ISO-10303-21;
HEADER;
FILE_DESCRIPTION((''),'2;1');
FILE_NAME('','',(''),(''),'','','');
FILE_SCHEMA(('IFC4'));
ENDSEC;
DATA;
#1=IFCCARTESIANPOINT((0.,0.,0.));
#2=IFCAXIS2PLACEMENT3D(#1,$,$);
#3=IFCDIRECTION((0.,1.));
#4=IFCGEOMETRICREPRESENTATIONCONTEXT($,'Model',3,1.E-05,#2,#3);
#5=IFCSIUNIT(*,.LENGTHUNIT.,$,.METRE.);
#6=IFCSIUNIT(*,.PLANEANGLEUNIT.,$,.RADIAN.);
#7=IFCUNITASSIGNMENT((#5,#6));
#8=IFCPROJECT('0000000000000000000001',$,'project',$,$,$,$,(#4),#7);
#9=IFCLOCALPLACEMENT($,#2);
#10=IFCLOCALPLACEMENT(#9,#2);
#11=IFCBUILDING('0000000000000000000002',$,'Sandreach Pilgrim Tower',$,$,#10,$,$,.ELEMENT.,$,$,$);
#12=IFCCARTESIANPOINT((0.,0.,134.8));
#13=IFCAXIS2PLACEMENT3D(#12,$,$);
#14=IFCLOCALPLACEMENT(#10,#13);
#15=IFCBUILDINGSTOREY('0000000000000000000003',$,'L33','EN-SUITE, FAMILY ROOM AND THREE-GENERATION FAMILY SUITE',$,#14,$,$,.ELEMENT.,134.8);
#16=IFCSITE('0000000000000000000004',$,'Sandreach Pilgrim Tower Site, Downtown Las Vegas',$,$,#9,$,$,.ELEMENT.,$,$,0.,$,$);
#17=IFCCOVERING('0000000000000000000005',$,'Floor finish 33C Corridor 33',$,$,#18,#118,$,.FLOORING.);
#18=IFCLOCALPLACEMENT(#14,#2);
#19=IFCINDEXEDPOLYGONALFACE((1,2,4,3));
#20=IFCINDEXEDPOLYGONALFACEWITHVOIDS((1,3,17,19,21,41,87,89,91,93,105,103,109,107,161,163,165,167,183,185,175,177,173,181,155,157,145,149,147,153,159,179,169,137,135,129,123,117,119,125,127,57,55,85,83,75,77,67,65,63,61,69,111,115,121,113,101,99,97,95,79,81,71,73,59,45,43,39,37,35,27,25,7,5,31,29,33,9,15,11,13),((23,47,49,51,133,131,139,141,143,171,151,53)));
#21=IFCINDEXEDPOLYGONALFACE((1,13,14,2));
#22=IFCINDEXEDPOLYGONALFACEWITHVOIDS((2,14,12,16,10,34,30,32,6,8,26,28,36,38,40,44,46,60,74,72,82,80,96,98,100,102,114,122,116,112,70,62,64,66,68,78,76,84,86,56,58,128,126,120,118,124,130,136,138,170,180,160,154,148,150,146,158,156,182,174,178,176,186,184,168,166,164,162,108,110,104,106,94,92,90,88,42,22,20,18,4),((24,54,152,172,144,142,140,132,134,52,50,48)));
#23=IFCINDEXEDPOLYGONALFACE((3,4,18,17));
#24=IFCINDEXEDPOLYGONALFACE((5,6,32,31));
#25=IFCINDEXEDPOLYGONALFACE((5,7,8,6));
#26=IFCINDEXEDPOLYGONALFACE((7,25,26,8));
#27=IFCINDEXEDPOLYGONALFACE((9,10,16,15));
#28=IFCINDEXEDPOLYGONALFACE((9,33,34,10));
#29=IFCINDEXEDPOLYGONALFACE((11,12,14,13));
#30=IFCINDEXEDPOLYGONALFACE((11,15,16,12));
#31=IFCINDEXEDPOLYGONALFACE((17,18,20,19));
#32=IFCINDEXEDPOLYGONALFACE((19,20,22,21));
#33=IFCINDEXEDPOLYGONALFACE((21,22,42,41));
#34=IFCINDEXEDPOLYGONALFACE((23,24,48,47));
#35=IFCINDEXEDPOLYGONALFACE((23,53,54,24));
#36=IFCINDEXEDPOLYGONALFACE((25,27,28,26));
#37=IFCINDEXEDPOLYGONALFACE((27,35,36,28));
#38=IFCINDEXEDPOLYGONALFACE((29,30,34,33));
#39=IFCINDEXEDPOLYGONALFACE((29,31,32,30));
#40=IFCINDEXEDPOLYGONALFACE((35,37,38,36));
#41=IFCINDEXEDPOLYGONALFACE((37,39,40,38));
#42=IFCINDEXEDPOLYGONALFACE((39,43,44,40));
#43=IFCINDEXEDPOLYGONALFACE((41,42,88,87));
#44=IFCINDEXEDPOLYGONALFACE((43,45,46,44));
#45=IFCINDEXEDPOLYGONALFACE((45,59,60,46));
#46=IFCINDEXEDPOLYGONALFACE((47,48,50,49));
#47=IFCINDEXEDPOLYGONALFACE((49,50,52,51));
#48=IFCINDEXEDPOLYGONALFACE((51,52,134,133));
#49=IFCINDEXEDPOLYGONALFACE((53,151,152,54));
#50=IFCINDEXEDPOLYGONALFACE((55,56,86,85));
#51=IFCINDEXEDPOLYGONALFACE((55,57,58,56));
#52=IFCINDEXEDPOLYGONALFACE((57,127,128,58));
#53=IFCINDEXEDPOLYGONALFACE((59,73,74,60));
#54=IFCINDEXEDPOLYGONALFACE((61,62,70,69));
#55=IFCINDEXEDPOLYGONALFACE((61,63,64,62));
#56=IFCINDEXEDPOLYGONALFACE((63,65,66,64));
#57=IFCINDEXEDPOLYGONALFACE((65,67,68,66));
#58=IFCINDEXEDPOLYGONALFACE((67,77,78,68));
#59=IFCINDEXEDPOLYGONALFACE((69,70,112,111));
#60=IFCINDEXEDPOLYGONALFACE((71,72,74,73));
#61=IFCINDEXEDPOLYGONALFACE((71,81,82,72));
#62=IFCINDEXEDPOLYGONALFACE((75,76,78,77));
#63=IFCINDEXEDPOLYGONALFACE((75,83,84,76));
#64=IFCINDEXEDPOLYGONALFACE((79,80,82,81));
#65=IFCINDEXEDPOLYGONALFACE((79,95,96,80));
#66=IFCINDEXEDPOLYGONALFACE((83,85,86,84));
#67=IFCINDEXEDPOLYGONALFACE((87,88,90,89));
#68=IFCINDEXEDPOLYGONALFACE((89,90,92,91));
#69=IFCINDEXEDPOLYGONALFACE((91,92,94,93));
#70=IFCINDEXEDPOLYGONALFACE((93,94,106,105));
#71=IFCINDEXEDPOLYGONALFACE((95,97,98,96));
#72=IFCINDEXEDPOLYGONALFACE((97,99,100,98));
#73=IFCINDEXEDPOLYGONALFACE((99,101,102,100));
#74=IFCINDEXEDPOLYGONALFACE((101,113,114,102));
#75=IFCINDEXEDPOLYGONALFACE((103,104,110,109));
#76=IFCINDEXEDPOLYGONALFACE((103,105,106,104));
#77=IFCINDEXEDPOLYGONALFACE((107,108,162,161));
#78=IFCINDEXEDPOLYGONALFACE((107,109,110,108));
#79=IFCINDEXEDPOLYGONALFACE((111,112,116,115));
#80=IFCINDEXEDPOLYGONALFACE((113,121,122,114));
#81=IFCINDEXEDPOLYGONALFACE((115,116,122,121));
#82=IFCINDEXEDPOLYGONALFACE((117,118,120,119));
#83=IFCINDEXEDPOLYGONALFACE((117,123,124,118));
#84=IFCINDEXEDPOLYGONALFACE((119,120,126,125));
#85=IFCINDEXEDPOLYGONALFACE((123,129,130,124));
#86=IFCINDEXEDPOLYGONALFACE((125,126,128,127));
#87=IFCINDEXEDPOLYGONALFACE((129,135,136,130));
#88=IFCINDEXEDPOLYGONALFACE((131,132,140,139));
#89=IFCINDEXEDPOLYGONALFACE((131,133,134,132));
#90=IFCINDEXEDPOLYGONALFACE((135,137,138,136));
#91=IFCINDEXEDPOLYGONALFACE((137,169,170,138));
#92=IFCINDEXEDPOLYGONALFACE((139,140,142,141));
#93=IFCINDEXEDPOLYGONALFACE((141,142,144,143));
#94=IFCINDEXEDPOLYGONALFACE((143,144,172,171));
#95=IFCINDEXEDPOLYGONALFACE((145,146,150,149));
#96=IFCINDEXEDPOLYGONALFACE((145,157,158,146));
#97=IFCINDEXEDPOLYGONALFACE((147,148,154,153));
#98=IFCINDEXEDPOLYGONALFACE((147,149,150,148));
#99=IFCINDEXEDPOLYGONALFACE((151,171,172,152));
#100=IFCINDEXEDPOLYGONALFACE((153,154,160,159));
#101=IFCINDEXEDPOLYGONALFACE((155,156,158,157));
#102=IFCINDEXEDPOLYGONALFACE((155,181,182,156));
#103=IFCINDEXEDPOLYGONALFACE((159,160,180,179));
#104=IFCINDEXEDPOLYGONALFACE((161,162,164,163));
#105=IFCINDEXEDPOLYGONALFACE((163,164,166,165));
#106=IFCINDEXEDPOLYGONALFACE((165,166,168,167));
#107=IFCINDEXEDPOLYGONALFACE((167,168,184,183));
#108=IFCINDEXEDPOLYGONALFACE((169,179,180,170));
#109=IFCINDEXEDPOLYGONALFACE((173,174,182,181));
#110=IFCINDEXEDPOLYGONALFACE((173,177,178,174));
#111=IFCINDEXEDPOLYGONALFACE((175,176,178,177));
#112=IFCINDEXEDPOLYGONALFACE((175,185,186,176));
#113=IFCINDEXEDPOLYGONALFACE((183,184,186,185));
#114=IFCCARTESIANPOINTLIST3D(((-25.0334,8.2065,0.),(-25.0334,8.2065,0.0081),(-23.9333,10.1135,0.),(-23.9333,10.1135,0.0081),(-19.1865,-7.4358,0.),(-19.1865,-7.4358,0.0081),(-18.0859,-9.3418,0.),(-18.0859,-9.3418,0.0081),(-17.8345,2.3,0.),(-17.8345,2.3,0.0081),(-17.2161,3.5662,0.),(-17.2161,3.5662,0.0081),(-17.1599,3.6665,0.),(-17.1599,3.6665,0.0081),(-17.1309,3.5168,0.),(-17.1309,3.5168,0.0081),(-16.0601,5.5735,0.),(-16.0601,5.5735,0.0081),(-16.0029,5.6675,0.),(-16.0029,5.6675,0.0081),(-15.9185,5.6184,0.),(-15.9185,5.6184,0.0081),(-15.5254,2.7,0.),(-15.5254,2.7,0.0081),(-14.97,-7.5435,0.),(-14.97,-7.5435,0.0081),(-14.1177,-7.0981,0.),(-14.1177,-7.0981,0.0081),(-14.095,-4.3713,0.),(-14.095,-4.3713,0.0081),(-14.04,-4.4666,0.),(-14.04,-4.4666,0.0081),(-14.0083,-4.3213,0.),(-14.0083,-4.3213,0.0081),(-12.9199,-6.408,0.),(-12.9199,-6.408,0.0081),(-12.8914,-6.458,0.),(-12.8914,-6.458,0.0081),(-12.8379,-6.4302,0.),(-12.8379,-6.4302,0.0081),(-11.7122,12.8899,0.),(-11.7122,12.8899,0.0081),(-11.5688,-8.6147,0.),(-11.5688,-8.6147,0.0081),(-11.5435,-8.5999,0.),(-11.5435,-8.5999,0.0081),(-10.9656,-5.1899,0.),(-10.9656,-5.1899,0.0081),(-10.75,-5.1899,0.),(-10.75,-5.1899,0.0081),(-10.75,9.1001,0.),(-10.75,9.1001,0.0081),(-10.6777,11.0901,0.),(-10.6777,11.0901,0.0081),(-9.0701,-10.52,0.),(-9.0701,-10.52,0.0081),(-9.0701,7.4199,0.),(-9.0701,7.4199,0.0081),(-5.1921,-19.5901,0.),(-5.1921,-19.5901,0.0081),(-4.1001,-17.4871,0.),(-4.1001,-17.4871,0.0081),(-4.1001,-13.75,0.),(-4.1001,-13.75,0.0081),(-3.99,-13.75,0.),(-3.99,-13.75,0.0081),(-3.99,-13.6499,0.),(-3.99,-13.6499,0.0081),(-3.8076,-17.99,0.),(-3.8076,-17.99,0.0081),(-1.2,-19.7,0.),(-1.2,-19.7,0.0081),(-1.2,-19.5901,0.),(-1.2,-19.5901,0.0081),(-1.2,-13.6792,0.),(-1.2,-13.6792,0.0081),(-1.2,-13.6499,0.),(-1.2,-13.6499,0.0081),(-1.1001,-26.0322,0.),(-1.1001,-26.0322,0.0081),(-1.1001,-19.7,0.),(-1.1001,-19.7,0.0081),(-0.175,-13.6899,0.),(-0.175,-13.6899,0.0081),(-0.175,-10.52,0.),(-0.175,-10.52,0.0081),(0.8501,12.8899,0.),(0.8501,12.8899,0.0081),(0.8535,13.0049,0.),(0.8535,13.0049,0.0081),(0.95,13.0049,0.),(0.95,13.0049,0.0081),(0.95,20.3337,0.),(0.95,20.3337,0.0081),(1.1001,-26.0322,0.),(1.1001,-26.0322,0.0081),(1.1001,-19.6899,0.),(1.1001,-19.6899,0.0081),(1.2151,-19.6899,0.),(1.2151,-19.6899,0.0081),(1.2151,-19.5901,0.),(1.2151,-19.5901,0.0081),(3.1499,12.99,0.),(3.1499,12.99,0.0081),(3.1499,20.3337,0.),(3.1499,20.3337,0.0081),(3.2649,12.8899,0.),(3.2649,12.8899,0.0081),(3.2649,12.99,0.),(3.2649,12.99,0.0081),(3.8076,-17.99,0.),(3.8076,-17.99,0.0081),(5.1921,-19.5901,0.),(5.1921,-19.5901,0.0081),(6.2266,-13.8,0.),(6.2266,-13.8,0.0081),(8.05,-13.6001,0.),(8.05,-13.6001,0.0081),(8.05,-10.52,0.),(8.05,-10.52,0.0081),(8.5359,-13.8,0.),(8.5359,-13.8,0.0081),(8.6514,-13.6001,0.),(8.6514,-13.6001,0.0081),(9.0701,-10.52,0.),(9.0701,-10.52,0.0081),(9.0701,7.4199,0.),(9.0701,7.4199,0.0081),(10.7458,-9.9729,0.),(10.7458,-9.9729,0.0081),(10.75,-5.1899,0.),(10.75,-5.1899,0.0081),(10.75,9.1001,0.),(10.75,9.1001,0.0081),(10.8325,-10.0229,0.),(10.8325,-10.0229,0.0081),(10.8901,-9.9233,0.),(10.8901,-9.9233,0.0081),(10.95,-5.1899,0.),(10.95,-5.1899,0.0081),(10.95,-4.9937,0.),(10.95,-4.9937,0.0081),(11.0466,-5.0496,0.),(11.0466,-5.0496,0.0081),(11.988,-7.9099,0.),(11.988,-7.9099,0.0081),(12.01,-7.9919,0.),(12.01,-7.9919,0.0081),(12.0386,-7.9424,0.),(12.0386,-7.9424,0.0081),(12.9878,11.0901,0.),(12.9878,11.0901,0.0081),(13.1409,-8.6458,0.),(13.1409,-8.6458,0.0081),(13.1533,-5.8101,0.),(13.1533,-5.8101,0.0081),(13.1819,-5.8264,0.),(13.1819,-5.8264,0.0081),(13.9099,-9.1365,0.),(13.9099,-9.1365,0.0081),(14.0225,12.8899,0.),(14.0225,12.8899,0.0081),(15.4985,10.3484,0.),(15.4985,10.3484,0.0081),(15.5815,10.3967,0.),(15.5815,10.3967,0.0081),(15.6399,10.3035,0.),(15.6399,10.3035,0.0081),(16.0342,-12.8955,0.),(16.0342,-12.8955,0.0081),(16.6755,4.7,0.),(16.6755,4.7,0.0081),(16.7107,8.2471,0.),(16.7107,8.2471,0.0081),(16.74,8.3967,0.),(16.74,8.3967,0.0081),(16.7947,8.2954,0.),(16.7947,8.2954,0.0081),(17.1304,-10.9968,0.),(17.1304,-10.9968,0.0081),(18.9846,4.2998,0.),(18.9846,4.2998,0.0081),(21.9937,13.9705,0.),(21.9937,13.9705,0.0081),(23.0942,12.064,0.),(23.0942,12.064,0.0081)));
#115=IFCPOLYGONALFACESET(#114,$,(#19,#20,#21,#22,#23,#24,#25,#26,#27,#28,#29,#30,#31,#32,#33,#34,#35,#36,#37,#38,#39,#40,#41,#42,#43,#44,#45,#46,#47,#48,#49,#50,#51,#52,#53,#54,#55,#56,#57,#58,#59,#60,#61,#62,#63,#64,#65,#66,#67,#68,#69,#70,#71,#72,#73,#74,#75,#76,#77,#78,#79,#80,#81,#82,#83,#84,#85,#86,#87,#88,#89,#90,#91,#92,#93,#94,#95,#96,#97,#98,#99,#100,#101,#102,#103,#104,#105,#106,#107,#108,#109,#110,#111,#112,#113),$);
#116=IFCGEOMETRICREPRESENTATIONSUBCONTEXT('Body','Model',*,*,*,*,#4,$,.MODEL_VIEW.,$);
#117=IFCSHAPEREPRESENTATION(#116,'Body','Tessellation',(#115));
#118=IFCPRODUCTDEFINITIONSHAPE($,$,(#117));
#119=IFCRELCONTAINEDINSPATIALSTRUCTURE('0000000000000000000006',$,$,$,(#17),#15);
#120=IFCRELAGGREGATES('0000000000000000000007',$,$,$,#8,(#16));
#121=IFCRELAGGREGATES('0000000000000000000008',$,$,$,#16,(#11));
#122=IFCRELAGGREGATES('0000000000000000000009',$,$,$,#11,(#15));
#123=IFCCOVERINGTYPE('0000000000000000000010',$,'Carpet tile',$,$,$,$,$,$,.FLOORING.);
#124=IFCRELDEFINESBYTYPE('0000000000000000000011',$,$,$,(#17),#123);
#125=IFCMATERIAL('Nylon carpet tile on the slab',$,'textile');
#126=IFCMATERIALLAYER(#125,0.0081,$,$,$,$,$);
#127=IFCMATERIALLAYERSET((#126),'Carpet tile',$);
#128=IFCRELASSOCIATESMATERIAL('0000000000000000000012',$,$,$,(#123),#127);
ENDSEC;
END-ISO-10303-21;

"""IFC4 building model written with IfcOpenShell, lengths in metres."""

from ifc_helpers import new_model, si_unit, direction, frame, origin, place, context, subcontext, project, spatial, polyline, outline, extrude, material, layer, layer_set, type_object, element, save


model = new_model("IFC4")

# Units and contexts
model_context = context("Model", 3, precision=1e-05, world=origin(), true_north=direction((0.0, 1.0)))
body_context = subcontext(model_context, "Body", "Model", "MODEL_VIEW")
ifc_project = project(units=[si_unit("LENGTHUNIT", "METRE"), si_unit("PLANEANGLEUNIT", "RADIAN")], contexts=[model_context])

# Site, building, storey
site_placement = place(None, origin())
site = spatial("IfcSite", under=ifc_project, at=site_placement, Name="Sandreach Pilgrim Tower Site, Downtown Las Vegas", CompositionType="ELEMENT", RefElevation=0.0)
building_placement = place(site_placement, origin())
building = spatial("IfcBuilding", under=site, at=building_placement, Name="Sandreach Pilgrim Tower", CompositionType="ELEMENT")
storey_placement = place(building_placement, frame((0.0, 0.0, 134.8)))
storey = spatial("IfcBuildingStorey", under=building, at=storey_placement, Name="L33", Description="EN-SUITE, FAMILY ROOM AND THREE-GENERATION FAMILY SUITE", CompositionType="ELEMENT", Elevation=134.8)

# Covering
ifc_material_1 = material(Name="Nylon carpet tile on the slab", Category="textile")
ifc_layer_1 = layer(ifc_material_1, 0.0081)
ifc_layer_set_1 = layer_set([ifc_layer_1], Name="Carpet tile")
covering_type_1 = type_object("IfcCoveringType", Name="Carpet tile", PredefinedType="FLOORING", material=ifc_layer_set_1)
covering_1_placement = place(storey_placement, origin())
element("IfcCovering", 1, at=covering_1_placement, inside=storey, type_object=covering_type_1, Name="Floor finish 33C Corridor 33", PredefinedType="FLOORING", context=body_context, shape_type="SweptSolid", body=[
    extrude(outline(polyline([(-18.0859, -9.3418), (-19.1865, -7.4358), (-14.04, -4.4666), (-14.095, -4.3713), (-14.0083, -4.3213), (-17.8345, 2.3), (-17.1309, 3.5168), (-17.2161, 3.5662), (-17.1599, 3.6665), (-25.0334, 8.2065), (-23.9333, 10.1135), (-16.0601, 5.5735), (-16.0029, 5.6675), (-15.9185, 5.6184), (-11.7122, 12.8899), (0.8501, 12.8899), (0.8535, 13.0049), (0.95, 13.0049), (0.95, 20.3337), (3.1499, 20.3337), (3.1499, 12.99), (3.2649, 12.99), (3.2649, 12.8899), (14.0225, 12.8899), (15.4985, 10.3484), (15.5815, 10.3967), (15.6399, 10.3035), (21.9937, 13.9705), (23.0942, 12.064), (16.74, 8.3967), (16.7947, 8.2954), (16.7107, 8.2471), (18.9846, 4.2998), (13.1533, -5.8101), (13.1819, -5.8264), (11.988, -7.9099), (12.0386, -7.9424), (12.01, -7.9919), (13.1409, -8.6458), (13.9099, -9.1365), (17.1304, -10.9968), (16.0342, -12.8955), (10.8901, -9.9233), (10.8325, -10.0229), (10.7458, -9.9729), (8.6514, -13.6001), (8.05, -13.6001), (8.05, -10.52), (9.0701, -10.52), (9.0701, 7.4199), (-9.0701, 7.4199), (-9.0701, -10.52), (-0.175, -10.52), (-0.175, -13.6899), (-1.2, -13.6792), (-1.2, -13.6499), (-3.99, -13.6499), (-3.99, -13.75), (-4.1001, -13.75), (-4.1001, -17.4871), (-3.8076, -17.99), (3.8076, -17.99), (6.2266, -13.8), (8.5359, -13.8), (5.1921, -19.5901), (1.2151, -19.5901), (1.2151, -19.6899), (1.1001, -19.6899), (1.1001, -26.0322), (-1.1001, -26.0322), (-1.1001, -19.7), (-1.2, -19.7), (-1.2, -19.5901), (-5.1921, -19.5901), (-11.5435, -8.5999), (-11.5688, -8.6147), (-12.8379, -6.4302), (-12.8914, -6.458), (-12.9199, -6.408), (-14.1177, -7.0981), (-14.97, -7.5435), (-18.0859, -9.3418)]), holes=[polyline([(-15.5254, 2.7), (-10.9656, -5.1899), (-10.75, -5.1899), (-10.75, 9.1001), (10.75, 9.1001), (10.75, -5.1899), (10.95, -5.1899), (10.95, -4.9937), (11.0466, -5.0496), (16.6755, 4.7), (12.9878, 11.0901), (-10.6777, 11.0901), (-15.5254, 2.7)])]), origin(), (0.0, 0.0, 1.0), 0.0081),
])

save(model, "model.ifc")
